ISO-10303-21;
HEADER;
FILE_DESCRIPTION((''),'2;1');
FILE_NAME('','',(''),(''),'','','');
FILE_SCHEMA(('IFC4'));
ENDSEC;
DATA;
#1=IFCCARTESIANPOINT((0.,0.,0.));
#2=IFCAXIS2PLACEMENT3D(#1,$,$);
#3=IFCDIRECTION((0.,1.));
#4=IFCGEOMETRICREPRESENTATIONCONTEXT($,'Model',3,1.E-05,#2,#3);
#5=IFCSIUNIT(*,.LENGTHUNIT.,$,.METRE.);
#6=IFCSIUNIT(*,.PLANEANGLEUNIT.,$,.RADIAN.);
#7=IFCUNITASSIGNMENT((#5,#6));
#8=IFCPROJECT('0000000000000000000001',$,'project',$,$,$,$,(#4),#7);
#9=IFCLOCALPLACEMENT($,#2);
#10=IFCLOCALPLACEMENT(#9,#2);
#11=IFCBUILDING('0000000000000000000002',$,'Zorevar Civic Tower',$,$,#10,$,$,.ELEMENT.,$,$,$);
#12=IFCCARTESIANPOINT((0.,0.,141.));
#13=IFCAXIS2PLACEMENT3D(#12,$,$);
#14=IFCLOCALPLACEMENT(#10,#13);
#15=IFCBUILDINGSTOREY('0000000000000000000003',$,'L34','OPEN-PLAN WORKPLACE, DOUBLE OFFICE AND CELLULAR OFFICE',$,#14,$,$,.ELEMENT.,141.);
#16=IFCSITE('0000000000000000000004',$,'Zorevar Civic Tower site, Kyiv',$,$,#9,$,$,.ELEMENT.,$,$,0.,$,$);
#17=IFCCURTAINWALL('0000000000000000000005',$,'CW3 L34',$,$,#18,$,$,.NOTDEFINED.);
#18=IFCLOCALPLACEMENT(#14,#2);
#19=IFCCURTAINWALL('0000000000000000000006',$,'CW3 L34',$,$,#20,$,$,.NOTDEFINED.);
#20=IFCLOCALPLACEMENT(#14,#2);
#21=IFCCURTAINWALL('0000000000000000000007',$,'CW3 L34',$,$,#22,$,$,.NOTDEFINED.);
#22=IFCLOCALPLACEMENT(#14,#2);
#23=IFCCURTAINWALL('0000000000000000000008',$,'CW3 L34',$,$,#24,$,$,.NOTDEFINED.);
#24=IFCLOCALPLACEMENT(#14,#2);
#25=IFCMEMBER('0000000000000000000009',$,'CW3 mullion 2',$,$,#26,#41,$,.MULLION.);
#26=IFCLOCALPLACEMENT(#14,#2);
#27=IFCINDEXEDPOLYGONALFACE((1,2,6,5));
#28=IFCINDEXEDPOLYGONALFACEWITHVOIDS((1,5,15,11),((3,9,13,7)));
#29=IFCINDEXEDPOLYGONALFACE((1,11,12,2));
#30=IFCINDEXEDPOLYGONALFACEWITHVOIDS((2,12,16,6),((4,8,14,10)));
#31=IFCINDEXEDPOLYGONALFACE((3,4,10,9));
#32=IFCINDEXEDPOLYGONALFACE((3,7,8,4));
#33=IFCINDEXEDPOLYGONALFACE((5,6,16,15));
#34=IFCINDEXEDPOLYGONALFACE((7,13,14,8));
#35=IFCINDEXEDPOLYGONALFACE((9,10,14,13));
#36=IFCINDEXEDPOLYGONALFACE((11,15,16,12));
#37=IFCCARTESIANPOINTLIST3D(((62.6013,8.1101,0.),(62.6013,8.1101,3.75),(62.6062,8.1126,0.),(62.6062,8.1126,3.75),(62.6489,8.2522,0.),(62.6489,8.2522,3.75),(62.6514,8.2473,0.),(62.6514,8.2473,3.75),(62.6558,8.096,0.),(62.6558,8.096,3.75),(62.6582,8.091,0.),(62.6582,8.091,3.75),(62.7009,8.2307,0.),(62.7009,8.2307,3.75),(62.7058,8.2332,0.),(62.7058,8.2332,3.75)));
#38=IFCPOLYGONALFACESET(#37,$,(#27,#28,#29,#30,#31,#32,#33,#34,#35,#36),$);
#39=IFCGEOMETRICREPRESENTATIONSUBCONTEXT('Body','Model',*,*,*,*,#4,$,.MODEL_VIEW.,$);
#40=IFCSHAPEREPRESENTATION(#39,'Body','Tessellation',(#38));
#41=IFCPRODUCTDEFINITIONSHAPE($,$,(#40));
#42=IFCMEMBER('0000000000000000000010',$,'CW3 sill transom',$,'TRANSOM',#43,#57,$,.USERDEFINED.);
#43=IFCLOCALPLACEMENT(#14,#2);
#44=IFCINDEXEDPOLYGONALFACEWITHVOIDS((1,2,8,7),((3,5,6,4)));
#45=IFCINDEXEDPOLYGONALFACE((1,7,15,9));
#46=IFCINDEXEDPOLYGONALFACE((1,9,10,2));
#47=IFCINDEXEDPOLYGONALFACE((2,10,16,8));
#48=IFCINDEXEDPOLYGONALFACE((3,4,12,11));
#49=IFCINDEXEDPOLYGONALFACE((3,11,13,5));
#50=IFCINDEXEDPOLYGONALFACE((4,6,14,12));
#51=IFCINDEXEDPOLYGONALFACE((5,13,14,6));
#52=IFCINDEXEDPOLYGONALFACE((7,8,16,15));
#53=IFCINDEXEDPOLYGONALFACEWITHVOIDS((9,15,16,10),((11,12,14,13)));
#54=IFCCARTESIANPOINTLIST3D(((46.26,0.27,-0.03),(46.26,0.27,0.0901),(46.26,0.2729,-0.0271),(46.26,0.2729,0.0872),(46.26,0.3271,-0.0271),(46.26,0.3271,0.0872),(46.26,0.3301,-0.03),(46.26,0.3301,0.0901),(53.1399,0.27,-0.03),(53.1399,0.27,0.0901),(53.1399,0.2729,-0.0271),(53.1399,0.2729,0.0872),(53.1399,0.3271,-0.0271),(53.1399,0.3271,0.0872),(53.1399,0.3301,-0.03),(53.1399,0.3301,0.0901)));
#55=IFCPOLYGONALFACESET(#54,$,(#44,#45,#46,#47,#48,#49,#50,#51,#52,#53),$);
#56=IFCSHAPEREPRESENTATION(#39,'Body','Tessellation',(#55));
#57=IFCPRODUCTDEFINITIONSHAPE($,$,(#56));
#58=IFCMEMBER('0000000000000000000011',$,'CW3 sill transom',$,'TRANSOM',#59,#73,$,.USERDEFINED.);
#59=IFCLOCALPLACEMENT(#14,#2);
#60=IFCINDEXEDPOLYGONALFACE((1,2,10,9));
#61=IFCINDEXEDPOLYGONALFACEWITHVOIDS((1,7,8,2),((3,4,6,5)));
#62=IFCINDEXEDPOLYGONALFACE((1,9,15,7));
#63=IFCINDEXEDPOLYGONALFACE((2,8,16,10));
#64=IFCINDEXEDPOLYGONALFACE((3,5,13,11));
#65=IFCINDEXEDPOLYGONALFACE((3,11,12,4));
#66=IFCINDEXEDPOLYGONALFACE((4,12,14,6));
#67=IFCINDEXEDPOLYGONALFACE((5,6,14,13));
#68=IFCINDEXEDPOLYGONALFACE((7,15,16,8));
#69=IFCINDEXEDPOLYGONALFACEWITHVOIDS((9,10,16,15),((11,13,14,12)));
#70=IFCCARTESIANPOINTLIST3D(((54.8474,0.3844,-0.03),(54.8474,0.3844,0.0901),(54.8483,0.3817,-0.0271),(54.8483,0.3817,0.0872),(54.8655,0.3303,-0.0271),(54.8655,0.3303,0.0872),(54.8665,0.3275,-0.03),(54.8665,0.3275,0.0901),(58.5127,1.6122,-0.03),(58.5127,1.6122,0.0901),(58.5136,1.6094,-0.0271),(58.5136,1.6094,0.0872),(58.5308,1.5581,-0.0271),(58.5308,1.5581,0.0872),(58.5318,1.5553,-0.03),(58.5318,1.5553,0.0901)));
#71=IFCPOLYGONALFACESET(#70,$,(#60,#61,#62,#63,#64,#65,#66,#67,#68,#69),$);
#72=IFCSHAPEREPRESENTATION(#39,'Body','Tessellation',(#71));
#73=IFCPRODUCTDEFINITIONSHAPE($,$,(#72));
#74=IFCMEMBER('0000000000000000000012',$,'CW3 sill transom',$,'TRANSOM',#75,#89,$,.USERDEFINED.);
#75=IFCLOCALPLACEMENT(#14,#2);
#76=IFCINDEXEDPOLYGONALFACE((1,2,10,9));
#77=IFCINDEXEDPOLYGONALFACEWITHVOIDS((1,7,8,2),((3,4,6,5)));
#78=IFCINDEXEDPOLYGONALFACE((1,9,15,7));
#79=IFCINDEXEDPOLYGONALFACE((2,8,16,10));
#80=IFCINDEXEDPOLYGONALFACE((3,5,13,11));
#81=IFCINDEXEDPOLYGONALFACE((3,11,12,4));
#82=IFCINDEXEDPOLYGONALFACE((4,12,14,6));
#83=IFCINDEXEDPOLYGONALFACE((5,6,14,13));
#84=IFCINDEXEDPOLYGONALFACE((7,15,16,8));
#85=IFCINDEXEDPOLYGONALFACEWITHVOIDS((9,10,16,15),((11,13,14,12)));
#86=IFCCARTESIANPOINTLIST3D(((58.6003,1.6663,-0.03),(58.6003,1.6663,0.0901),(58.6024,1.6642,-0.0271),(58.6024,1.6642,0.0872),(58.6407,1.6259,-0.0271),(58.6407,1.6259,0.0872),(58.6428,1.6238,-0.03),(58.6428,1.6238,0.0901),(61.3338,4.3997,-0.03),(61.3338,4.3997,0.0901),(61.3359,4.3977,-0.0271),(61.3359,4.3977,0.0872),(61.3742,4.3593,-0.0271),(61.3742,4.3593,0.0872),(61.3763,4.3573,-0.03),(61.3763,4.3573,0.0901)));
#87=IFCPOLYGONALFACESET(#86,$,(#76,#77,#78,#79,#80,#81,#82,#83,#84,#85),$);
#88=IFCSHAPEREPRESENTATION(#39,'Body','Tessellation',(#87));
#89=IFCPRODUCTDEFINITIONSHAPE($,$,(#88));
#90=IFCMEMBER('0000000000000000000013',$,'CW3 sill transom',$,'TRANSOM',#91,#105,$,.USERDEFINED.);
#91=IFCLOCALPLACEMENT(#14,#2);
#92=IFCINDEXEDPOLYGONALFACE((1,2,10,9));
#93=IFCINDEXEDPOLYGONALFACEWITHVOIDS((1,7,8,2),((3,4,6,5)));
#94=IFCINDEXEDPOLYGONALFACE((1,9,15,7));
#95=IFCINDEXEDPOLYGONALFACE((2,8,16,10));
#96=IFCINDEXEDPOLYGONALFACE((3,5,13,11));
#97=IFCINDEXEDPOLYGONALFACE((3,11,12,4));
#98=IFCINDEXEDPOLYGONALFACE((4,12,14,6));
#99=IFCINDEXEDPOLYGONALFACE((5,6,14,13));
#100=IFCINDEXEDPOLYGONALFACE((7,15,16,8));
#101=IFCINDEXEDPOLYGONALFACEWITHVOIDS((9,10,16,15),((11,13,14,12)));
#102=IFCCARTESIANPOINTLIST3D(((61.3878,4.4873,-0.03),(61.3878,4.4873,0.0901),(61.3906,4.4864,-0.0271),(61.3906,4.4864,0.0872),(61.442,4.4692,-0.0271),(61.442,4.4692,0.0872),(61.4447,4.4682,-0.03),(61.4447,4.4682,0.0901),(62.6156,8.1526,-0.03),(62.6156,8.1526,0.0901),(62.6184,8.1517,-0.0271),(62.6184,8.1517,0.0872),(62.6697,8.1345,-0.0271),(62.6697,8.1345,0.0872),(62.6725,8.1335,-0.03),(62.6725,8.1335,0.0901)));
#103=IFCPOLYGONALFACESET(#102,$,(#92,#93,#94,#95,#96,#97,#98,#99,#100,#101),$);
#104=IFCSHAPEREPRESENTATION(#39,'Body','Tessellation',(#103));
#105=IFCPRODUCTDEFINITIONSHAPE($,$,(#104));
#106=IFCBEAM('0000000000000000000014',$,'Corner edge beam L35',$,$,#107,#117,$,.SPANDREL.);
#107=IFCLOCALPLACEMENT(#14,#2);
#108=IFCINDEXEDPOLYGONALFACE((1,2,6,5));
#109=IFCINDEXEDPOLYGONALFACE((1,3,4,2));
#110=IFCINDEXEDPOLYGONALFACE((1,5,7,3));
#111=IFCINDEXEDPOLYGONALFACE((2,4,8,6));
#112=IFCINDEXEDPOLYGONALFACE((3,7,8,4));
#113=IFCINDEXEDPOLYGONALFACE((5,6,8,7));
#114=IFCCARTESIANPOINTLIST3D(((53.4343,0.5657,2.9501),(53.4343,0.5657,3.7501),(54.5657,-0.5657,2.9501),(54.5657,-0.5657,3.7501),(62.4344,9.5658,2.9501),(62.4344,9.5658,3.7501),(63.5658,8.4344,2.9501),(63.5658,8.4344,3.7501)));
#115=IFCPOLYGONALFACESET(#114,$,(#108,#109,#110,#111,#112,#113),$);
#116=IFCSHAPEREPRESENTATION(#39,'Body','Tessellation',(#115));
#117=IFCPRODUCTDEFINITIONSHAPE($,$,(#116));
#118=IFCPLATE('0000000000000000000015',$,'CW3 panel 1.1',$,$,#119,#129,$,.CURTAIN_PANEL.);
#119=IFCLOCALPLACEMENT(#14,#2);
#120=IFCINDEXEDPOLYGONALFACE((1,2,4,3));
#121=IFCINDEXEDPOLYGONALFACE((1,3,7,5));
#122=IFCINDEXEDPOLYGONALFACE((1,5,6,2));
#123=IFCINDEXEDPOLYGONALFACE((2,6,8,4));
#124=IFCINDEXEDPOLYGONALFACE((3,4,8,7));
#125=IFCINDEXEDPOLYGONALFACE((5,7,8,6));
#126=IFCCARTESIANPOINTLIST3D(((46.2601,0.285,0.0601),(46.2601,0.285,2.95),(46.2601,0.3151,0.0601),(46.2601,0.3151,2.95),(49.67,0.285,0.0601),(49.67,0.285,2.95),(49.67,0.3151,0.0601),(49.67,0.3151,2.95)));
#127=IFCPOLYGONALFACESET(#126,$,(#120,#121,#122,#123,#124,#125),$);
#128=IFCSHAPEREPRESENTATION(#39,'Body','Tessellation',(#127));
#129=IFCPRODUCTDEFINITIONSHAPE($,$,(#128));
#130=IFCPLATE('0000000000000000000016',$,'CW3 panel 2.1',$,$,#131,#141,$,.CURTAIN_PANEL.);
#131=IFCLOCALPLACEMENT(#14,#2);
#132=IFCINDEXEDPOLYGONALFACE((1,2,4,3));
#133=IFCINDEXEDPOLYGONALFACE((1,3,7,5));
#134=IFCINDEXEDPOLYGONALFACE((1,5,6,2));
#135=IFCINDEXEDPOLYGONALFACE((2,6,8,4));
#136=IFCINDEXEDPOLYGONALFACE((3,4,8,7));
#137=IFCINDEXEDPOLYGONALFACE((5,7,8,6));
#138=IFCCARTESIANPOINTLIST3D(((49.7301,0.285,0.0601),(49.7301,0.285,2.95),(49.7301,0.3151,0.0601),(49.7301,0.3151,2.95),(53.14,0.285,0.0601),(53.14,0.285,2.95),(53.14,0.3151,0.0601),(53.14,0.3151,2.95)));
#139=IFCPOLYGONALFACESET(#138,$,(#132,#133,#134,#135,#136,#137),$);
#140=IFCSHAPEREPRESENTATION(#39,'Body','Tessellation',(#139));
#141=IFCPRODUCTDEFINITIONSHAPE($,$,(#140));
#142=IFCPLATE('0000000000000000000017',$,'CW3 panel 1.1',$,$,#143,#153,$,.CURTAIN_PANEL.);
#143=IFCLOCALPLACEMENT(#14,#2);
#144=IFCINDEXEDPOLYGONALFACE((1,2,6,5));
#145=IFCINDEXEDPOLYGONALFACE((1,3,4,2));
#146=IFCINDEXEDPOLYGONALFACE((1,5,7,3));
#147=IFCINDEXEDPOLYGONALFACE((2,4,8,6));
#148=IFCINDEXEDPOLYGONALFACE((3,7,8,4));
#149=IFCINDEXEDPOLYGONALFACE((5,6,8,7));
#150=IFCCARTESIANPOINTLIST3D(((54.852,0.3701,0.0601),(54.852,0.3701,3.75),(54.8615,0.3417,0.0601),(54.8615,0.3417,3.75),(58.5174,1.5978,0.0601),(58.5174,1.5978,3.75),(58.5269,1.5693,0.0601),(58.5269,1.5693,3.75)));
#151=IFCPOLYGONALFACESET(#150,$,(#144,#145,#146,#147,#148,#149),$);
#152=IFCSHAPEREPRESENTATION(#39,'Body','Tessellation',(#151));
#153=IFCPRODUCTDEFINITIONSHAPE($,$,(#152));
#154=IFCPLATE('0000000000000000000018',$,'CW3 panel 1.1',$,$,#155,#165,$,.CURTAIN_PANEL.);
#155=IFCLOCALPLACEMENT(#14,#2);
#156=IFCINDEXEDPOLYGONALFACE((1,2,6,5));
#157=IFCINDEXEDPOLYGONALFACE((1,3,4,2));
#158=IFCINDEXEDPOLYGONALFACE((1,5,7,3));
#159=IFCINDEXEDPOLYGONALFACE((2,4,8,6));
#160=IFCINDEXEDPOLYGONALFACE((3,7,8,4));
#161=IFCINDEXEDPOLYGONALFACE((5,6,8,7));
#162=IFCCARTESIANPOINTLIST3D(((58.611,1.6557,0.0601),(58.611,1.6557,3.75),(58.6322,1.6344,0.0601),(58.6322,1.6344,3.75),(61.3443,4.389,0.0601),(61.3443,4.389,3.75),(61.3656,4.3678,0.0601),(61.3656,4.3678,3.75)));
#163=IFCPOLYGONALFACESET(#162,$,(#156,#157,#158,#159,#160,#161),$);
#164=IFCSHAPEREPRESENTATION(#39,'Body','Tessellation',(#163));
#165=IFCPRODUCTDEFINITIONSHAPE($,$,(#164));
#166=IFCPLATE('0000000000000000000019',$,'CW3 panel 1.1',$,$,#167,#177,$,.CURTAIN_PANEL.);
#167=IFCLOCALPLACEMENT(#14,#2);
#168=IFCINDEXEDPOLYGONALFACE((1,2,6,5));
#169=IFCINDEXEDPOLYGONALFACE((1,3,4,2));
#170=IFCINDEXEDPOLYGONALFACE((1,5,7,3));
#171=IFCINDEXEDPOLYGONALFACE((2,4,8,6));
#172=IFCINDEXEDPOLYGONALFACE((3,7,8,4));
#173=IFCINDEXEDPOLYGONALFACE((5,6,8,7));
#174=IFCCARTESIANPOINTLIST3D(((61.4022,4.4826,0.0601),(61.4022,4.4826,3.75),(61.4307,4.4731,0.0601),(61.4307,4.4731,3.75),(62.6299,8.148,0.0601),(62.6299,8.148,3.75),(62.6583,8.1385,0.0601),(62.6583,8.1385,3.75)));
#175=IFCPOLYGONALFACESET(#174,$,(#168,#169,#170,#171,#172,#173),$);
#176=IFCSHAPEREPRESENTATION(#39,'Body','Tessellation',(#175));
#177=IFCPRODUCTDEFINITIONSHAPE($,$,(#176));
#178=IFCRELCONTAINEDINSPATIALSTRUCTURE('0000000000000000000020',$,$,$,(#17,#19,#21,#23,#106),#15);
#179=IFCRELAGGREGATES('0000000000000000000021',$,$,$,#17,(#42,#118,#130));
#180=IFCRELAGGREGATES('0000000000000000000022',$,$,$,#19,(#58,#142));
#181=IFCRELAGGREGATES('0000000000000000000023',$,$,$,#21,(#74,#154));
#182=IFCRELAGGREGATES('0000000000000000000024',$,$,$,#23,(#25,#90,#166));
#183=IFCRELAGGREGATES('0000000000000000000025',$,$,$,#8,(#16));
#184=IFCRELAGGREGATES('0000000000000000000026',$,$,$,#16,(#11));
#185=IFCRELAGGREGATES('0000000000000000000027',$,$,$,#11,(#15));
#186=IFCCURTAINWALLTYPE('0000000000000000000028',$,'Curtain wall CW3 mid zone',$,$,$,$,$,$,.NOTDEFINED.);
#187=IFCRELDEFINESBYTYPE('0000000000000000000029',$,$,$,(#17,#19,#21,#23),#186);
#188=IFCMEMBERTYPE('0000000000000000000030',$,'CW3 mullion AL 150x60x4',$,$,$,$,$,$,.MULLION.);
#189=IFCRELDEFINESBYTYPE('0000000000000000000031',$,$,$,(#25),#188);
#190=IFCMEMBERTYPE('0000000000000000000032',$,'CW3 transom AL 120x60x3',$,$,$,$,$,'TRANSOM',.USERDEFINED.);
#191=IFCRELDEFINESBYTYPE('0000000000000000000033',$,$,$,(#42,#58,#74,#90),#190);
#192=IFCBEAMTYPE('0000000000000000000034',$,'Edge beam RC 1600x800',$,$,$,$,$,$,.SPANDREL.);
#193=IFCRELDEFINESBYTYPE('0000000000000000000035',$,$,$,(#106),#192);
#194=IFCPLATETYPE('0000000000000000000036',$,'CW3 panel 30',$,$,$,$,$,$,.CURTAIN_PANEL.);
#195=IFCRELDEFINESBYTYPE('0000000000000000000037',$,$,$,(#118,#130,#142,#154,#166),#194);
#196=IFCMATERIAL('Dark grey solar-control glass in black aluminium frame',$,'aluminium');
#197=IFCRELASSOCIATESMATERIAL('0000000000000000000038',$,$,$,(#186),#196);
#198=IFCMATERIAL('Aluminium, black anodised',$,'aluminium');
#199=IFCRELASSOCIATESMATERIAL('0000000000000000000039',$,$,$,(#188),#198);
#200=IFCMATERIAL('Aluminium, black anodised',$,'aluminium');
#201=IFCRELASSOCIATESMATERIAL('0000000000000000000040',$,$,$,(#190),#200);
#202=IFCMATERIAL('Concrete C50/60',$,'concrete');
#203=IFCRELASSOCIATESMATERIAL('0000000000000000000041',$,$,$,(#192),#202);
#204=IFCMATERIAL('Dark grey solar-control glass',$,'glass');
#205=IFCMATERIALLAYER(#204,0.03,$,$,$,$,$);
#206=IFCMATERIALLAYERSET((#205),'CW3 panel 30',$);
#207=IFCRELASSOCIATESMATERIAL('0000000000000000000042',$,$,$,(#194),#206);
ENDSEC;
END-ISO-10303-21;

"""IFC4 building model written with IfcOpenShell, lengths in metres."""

from ifc_helpers import new_model, si_unit, direction, frame, origin, origin_2d, place, context, subcontext, project, spatial, rectangle, hollow_rectangle, extrude, material, layer, layer_set, material_profile, profile_set, type_object, element, aggregate, save


model = new_model("IFC4")

# Units and contexts
model_context = context("Model", 3, precision=1e-05, world=origin(), true_north=direction((0.0, 1.0)))
body_context = subcontext(model_context, "Body", "Model", "MODEL_VIEW")
ifc_project = project(units=[si_unit("LENGTHUNIT", "METRE"), si_unit("PLANEANGLEUNIT", "RADIAN")], contexts=[model_context])

# Site, building, storey
site_placement = place(None, origin())
site = spatial("IfcSite", under=ifc_project, at=site_placement, Name="Zorevar Civic Tower site, Kyiv", CompositionType="ELEMENT", RefElevation=0.0)
building_placement = place(site_placement, origin())
building = spatial("IfcBuilding", under=site, at=building_placement, Name="Zorevar Civic Tower", CompositionType="ELEMENT")
storey_placement = place(building_placement, frame((0.0, 0.0, 141.0)))
storey = spatial("IfcBuildingStorey", under=building, at=storey_placement, Name="L34", Description="OPEN-PLAN WORKPLACE, DOUBLE OFFICE AND CELLULAR OFFICE", CompositionType="ELEMENT", Elevation=141.0)

# Curtain walls, member
ifc_material_1 = material(Name="Dark grey solar-control glass in black aluminium frame", Category="aluminium")
curtain_wall_type = type_object("IfcCurtainWallType", Name="Curtain wall CW3 mid zone", PredefinedType="NOTDEFINED", material=ifc_material_1)
curtain_wall_1_placement = place(storey_placement, origin())
curtain_wall_1 = element("IfcCurtainWall", 1, at=curtain_wall_1_placement, inside=storey, type_object=curtain_wall_type, Name="CW3 L34", PredefinedType="NOTDEFINED")
ifc_material_2 = material(Name="Aluminium, black anodised", Category="aluminium")
ifc_material_profile_1 = material_profile(ifc_material_2, hollow_rectangle(XDim=0.0601, YDim=0.1499, WallThickness=0.0039, at=origin_2d()), Name="AL 150x60x4")
ifc_profile_set_1 = profile_set([ifc_material_profile_1], Name="Aluminium, black anodised")
member_type_1 = type_object("IfcMemberType", Name="CW3 mullion AL 150x60x4", PredefinedType="MULLION", material=ifc_profile_set_1)
curtain_wall_2_placement = place(storey_placement, origin())
curtain_wall_2 = element("IfcCurtainWall", 2, at=curtain_wall_2_placement, inside=storey, type_object=curtain_wall_type, Name="CW3 L34", PredefinedType="NOTDEFINED")
curtain_wall_3_placement = place(storey_placement, origin())
curtain_wall_3 = element("IfcCurtainWall", 3, at=curtain_wall_3_placement, inside=storey, type_object=curtain_wall_type, Name="CW3 L34", PredefinedType="NOTDEFINED")
curtain_wall_4_placement = place(storey_placement, origin())
curtain_wall_4 = element("IfcCurtainWall", 4, at=curtain_wall_4_placement, inside=storey, type_object=curtain_wall_type, Name="CW3 L34", PredefinedType="NOTDEFINED")
member_1_placement = place(storey_placement, frame((62.6536, 8.1716, 0.0), z_axis=(0.0, 0.0, 1.0), x_axis=(-0.948227, 0.317593, 0.0)))
member_1 = element("IfcMember", 5, at=member_1_placement, type_object=member_type_1, Name="CW3 mullion 2", PredefinedType="MULLION", context=body_context, shape_type="SweptSolid", body=[
    extrude(hollow_rectangle(XDim=0.0601, YDim=0.1499, WallThickness=0.0039, at=origin_2d()), origin(), (0.0, 0.0, 1.0), 3.75),
])

# Members
ifc_material_3 = material(Name="Aluminium, black anodised", Category="aluminium")
ifc_material_profile_2 = material_profile(ifc_material_3, hollow_rectangle(XDim=0.0601, YDim=0.1201, WallThickness=0.0029, at=origin_2d()), Name="AL 120x60x3")
ifc_profile_set_2 = profile_set([ifc_material_profile_2], Name="Aluminium, black anodised")
member_type_2 = type_object("IfcMemberType", Name="CW3 transom AL 120x60x3", ElementType="TRANSOM", PredefinedType="USERDEFINED", material=ifc_profile_set_2)
member_2_placement = place(storey_placement, frame((46.26, 0.3, 0.03), z_axis=(1.0, 0.0, 0.0), x_axis=(0.0, 1.0, 0.0)))
member_2 = element("IfcMember", 6, at=member_2_placement, type_object=member_type_2, Name="CW3 sill transom", ObjectType="TRANSOM", PredefinedType="USERDEFINED", context=body_context, shape_type="SweptSolid", body=[
    extrude(hollow_rectangle(XDim=0.0601, YDim=0.1201, WallThickness=0.0029, at=origin_2d()), origin(), (0.0, 0.0, 1.0), 6.8799),
])
member_3_placement = place(storey_placement, frame((54.8569, 0.356, 0.03), z_axis=(0.948215, 0.31763, 0.0), x_axis=(-0.31763, 0.948215, 0.0)))
member_3 = element("IfcMember", 7, at=member_3_placement, type_object=member_type_2, Name="CW3 sill transom", ObjectType="TRANSOM", PredefinedType="USERDEFINED", context=body_context, shape_type="SweptSolid", body=[
    extrude(hollow_rectangle(XDim=0.0601, YDim=0.1201, WallThickness=0.0029, at=origin_2d()), origin(), (0.0, 0.0, 1.0), 3.8655),
])
member_4_placement = place(storey_placement, frame((58.6216, 1.645, 0.03), z_axis=(0.707107, 0.707107, 0.0), x_axis=(-0.707107, 0.707107, 0.0)))
member_4 = element("IfcMember", 8, at=member_4_placement, type_object=member_type_2, Name="CW3 sill transom", ObjectType="TRANSOM", PredefinedType="USERDEFINED", context=body_context, shape_type="SweptSolid", body=[
    extrude(hollow_rectangle(XDim=0.0601, YDim=0.1201, WallThickness=0.0029, at=origin_2d()), origin(), (0.0, 0.0, 1.0), 3.8657),
])
member_5_placement = place(storey_placement, frame((61.4163, 4.4778, 0.03), z_axis=(0.31763, 0.948215, 0.0), x_axis=(-0.948215, 0.31763, 0.0)))
member_5 = element("IfcMember", 9, at=member_5_placement, type_object=member_type_2, Name="CW3 sill transom", ObjectType="TRANSOM", PredefinedType="USERDEFINED", context=body_context, shape_type="SweptSolid", body=[
    extrude(hollow_rectangle(XDim=0.0601, YDim=0.1201, WallThickness=0.0029, at=origin_2d()), origin(), (0.0, 0.0, 1.0), 3.8655),
])

# Beam
ifc_material_4 = material(Name="Concrete C50/60", Category="concrete")
ifc_material_profile_3 = material_profile(ifc_material_4, rectangle(XDim=1.6001, YDim=0.8, at=origin_2d()), Name="RC 1600x800")
ifc_profile_set_3 = profile_set([ifc_material_profile_3], Name="Concrete C50/60")
beam_type_1 = type_object("IfcBeamType", Name="Edge beam RC 1600x800", PredefinedType="SPANDREL", material=ifc_profile_set_3)
beam_1_placement = place(storey_placement, frame((54.0, 0.0, 3.3501), z_axis=(0.707107, 0.707107, 0.0), x_axis=(-0.707107, 0.707107, 0.0)))
element("IfcBeam", 10, at=beam_1_placement, inside=storey, type_object=beam_type_1, Name="Corner edge beam L35", PredefinedType="SPANDREL", context=body_context, shape_type="SweptSolid", body=[
    extrude(rectangle(XDim=1.6001, YDim=0.8, at=origin_2d()), origin(), (0.0, 0.0, 1.0), 12.728),
])

# Plates
ifc_material_5 = material(Name="Dark grey solar-control glass", Category="glass")
ifc_layer_1 = layer(ifc_material_5, 0.03)
ifc_layer_set_1 = layer_set([ifc_layer_1], Name="CW3 panel 30")
plate_type = type_object("IfcPlateType", Name="CW3 panel 30", PredefinedType="CURTAIN_PANEL", material=ifc_layer_set_1)
plate_1_placement = place(storey_placement, frame((47.9651, 0.3, 0.0601), z_axis=(0.0, 0.0, 1.0), x_axis=(1.0, 0.0, 0.0)))
plate_1 = element("IfcPlate", 11, at=plate_1_placement, type_object=plate_type, Name="CW3 panel 1.1", PredefinedType="CURTAIN_PANEL", context=body_context, shape_type="SweptSolid", body=[
    extrude(rectangle(XDim=3.4099, YDim=0.03, at=origin_2d()), origin(), (0.0, 0.0, 1.0), 2.8899),
])
plate_2_placement = place(storey_placement, frame((51.4351, 0.3, 0.0601), z_axis=(0.0, 0.0, 1.0), x_axis=(1.0, 0.0, 0.0)))
plate_2 = element("IfcPlate", 12, at=plate_2_placement, type_object=plate_type, Name="CW3 panel 2.1", PredefinedType="CURTAIN_PANEL", context=body_context, shape_type="SweptSolid", body=[
    extrude(rectangle(XDim=3.4099, YDim=0.03, at=origin_2d()), origin(), (0.0, 0.0, 1.0), 2.8899),
])
aggregate(curtain_wall_1, [member_2, plate_1, plate_2])
plate_3_placement = place(storey_placement, frame((56.6895, 0.9697, 0.0601), z_axis=(0.0, 0.0, 1.0), x_axis=(0.948227, 0.317593, 0.0)))
plate_3 = element("IfcPlate", 13, at=plate_3_placement, type_object=plate_type, Name="CW3 panel 1.1", PredefinedType="CURTAIN_PANEL", context=body_context, shape_type="SweptSolid", body=[
    extrude(rectangle(XDim=3.8655, YDim=0.03, at=origin_2d()), origin(), (0.0, 0.0, 1.0), 3.6899),
])
aggregate(curtain_wall_2, [member_3, plate_3])
plate_4_placement = place(storey_placement, frame((59.9883, 3.0117, 0.0601), z_axis=(0.0, 0.0, 1.0), x_axis=(0.707107, 0.707107, 0.0)))
plate_4 = element("IfcPlate", 14, at=plate_4_placement, type_object=plate_type, Name="CW3 panel 1.1", PredefinedType="CURTAIN_PANEL", context=body_context, shape_type="SweptSolid", body=[
    extrude(rectangle(XDim=3.8655, YDim=0.03, at=origin_2d()), origin(), (0.0, 0.0, 1.0), 3.6899),
])
aggregate(curtain_wall_3, [member_4, plate_4])
plate_5_placement = place(storey_placement, frame((62.0303, 6.3105, 0.0601), z_axis=(0.0, 0.0, 1.0), x_axis=(0.317593, 0.948227, 0.0)))
plate_5 = element("IfcPlate", 15, at=plate_5_placement, type_object=plate_type, Name="CW3 panel 1.1", PredefinedType="CURTAIN_PANEL", context=body_context, shape_type="SweptSolid", body=[
    extrude(rectangle(XDim=3.8655, YDim=0.03, at=origin_2d()), origin(), (0.0, 0.0, 1.0), 3.6899),
])
aggregate(curtain_wall_4, [member_1, member_5, plate_5])

save(model, "model.ifc")
